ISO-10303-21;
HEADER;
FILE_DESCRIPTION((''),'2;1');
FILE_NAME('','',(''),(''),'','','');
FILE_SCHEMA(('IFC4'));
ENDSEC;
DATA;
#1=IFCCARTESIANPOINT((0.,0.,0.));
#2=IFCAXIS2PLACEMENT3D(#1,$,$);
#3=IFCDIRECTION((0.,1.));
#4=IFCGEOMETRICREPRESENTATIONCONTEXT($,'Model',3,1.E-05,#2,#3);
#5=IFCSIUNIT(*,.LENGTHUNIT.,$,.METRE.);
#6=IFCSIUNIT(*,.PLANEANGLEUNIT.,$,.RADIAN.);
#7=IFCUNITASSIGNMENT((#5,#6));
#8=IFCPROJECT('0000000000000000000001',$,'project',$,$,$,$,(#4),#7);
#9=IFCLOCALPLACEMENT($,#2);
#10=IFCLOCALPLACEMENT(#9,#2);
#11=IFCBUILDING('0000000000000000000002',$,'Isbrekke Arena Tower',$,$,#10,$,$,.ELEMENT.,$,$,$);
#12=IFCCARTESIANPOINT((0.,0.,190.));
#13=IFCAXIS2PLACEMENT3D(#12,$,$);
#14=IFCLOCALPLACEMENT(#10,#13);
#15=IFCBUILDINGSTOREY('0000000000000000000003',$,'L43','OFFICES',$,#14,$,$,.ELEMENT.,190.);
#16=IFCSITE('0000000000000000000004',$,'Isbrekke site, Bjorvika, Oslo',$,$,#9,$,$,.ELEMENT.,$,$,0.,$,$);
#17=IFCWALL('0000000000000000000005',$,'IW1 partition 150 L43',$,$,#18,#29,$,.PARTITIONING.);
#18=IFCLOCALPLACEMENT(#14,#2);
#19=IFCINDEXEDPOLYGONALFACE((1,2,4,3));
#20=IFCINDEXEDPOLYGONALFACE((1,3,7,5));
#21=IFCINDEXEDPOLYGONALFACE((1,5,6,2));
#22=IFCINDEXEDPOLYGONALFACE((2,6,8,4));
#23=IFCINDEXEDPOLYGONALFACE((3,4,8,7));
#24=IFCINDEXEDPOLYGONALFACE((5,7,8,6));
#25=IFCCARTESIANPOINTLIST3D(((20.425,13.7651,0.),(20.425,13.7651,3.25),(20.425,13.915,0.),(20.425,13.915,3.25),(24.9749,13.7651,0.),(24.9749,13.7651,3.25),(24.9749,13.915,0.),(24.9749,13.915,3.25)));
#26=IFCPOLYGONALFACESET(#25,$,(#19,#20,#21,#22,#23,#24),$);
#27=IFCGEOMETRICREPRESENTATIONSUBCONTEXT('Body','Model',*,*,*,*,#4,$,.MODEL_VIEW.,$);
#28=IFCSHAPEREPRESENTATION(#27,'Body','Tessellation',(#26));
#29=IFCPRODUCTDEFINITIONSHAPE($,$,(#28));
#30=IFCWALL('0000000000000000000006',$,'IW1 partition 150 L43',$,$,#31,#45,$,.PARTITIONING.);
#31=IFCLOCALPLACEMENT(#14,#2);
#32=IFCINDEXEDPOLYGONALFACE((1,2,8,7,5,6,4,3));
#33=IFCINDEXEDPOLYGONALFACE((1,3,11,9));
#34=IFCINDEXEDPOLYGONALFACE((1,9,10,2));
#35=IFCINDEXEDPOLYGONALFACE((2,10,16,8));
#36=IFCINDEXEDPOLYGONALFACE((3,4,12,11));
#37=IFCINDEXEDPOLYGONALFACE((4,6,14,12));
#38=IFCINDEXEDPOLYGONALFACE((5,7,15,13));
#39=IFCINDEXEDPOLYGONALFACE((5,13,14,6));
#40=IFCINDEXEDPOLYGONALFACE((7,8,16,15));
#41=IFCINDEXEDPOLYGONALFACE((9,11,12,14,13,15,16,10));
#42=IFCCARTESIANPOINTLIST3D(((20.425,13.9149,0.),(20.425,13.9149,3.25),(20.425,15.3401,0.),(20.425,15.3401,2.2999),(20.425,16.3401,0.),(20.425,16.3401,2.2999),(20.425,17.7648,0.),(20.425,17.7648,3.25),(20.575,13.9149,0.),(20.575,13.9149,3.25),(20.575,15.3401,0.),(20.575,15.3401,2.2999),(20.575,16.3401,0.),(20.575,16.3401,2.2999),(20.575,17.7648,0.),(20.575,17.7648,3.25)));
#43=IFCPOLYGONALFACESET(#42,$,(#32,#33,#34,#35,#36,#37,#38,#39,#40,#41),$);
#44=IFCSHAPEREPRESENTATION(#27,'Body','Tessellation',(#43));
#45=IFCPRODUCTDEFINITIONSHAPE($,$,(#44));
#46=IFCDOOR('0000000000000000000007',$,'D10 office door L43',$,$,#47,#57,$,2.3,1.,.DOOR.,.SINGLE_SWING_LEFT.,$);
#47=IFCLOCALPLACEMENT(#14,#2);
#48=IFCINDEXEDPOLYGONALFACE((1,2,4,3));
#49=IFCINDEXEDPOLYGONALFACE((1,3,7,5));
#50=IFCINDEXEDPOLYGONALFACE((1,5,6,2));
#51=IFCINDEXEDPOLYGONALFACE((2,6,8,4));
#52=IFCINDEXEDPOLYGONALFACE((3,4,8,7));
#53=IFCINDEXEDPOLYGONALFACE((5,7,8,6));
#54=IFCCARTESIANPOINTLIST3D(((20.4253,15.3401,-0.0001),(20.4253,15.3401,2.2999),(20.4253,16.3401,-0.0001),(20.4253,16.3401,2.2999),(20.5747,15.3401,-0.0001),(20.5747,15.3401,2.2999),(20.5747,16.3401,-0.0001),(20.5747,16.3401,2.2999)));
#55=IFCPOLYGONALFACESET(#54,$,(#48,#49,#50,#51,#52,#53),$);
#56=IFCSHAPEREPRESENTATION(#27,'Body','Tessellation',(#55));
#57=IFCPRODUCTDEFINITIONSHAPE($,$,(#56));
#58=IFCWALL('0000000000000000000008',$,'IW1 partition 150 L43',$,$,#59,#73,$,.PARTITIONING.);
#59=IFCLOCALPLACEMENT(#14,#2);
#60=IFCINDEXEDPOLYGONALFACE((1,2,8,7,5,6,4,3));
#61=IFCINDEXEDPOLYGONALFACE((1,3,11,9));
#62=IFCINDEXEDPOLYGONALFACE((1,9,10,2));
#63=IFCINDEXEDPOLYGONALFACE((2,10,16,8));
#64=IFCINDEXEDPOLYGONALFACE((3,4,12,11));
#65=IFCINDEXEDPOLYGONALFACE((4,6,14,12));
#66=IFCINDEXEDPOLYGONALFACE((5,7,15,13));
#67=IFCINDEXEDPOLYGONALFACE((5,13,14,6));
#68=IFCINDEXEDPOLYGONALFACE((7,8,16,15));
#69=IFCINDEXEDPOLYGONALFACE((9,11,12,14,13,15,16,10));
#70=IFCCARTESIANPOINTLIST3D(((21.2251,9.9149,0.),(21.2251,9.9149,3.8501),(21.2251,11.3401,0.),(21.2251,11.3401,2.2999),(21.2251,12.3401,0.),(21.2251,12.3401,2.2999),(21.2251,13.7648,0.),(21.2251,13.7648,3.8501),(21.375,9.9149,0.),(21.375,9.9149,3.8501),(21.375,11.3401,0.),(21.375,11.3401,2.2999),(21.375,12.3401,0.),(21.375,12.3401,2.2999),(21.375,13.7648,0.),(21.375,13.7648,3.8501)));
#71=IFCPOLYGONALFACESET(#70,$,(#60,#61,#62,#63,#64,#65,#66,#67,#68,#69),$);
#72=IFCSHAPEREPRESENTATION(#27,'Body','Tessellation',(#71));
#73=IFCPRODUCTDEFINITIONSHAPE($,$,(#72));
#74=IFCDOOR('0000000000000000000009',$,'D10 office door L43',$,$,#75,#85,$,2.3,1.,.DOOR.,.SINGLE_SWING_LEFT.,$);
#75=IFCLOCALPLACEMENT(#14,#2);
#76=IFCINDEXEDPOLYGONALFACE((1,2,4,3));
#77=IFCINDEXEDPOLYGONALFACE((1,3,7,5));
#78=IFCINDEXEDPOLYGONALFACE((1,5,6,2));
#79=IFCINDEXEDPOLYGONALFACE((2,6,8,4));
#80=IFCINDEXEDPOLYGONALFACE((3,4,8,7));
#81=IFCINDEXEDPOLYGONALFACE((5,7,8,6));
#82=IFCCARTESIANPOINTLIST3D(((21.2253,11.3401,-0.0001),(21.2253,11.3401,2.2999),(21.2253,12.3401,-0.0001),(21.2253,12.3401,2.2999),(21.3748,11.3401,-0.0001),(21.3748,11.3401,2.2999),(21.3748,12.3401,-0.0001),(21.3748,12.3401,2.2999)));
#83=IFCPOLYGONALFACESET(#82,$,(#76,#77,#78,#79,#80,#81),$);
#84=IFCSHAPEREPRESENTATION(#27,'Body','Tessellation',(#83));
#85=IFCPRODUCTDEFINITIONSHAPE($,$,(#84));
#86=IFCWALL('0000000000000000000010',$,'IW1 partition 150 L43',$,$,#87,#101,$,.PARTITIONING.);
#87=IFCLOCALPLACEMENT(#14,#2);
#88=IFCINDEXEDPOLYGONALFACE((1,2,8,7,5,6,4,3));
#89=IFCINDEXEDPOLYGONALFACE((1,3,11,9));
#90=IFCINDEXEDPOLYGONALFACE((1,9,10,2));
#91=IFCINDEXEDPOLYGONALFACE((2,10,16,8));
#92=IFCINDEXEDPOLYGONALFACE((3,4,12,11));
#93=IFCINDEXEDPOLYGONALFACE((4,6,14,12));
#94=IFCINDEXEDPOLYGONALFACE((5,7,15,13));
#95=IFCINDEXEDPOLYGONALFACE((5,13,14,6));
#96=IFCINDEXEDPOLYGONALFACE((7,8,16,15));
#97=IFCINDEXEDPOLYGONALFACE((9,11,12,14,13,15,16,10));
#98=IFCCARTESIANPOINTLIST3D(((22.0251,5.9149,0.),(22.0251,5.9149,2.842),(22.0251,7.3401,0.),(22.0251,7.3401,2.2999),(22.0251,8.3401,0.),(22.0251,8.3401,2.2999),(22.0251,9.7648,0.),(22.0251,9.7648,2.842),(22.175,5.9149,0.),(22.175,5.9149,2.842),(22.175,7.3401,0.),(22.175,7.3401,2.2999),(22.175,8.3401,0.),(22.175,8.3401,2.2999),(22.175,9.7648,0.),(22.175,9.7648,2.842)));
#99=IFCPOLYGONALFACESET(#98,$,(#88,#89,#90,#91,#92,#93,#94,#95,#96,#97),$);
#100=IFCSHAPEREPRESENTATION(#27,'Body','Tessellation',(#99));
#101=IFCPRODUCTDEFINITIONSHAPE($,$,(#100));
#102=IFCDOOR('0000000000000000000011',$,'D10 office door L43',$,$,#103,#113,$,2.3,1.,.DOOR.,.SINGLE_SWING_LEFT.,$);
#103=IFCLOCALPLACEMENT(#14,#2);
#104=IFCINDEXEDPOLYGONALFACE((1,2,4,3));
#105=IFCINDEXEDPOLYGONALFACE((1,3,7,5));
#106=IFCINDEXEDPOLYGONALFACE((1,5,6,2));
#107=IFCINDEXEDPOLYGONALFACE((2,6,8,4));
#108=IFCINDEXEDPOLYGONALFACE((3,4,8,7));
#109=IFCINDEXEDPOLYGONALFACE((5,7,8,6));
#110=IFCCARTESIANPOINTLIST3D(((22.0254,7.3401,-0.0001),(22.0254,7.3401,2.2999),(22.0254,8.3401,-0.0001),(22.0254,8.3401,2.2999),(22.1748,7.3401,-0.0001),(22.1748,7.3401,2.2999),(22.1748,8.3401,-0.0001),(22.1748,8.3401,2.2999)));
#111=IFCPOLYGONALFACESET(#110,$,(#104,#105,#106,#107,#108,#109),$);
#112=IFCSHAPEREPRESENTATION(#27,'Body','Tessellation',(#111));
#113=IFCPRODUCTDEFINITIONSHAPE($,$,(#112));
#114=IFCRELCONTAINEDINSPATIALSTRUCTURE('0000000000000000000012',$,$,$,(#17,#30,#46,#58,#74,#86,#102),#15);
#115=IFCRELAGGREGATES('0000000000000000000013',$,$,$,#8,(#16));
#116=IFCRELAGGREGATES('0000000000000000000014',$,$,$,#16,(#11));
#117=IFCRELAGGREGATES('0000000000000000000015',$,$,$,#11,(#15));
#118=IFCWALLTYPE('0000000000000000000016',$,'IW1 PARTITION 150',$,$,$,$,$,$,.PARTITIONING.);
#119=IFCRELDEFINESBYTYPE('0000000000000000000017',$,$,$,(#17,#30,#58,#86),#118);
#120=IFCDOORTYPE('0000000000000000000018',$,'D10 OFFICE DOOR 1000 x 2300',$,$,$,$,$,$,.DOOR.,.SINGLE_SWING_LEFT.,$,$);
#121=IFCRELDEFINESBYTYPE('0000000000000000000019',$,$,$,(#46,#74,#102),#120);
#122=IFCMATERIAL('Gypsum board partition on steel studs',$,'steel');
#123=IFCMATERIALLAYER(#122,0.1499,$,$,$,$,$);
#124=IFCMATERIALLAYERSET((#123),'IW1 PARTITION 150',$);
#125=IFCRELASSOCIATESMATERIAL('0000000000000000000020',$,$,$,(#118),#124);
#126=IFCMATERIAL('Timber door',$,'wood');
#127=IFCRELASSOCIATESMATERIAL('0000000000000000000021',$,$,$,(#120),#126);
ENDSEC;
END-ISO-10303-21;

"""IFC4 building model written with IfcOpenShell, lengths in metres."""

from ifc_helpers import new_model, si_unit, direction, frame, frame_2d, origin, place, context, subcontext, project, spatial, rectangle, extrude, material, layer, layer_set, type_object, element, fill, save


model = new_model("IFC4")

# Units and contexts
model_context = context("Model", 3, precision=1e-05, world=origin(), true_north=direction((0.0, 1.0)))
body_context = subcontext(model_context, "Body", "Model", "MODEL_VIEW")
ifc_project = project(units=[si_unit("LENGTHUNIT", "METRE"), si_unit("PLANEANGLEUNIT", "RADIAN")], contexts=[model_context])

# Site, building, storey
site_placement = place(None, origin())
site = spatial("IfcSite", under=ifc_project, at=site_placement, Name="Isbrekke site, Bjorvika, Oslo", CompositionType="ELEMENT", RefElevation=0.0)
building_placement = place(site_placement, origin())
building = spatial("IfcBuilding", under=site, at=building_placement, Name="Isbrekke Arena Tower", CompositionType="ELEMENT")
storey_placement = place(building_placement, frame((0.0, 0.0, 190.0)))
storey = spatial("IfcBuildingStorey", under=building, at=storey_placement, Name="L43", Description="OFFICES", CompositionType="ELEMENT", Elevation=190.0)

# Wall
ifc_material_1 = material(Name="Gypsum board partition on steel studs", Category="steel")
ifc_layer_1 = layer(ifc_material_1, 0.1499)
ifc_layer_set_1 = layer_set([ifc_layer_1], Name="IW1 PARTITION 150")
wall_type = type_object("IfcWallType", Name="IW1 PARTITION 150", PredefinedType="PARTITIONING", material=ifc_layer_set_1)
for number, where, z_axis, x_axis, name in (
    (1, (20.425, 13.8401, 0.0), (0.0, 0.0, 1.0), (1.0, 0.0, 0.0), "IW1 partition 150 L43"),
):
    element("IfcWall", number, at=place(storey_placement, frame(where, z_axis=z_axis, x_axis=x_axis)), inside=storey, type_object=wall_type, Name=name, PredefinedType="PARTITIONING", context=body_context, shape_type="SweptSolid", body=[
        extrude(rectangle(XDim=4.5498, YDim=0.1499, at=frame_2d((2.2749, 0.0))), origin(), (0.0, 0.0, 1.0), 3.25),
    ])

# Walls, openings, doors
wall_1_placement = place(storey_placement, frame((20.5, 13.915, 0.0), z_axis=(0.0, 0.0, 1.0), x_axis=(0.0, 1.0, 0.0)))
wall_1 = element("IfcWall", 2, at=wall_1_placement, inside=storey, type_object=wall_type, Name="IW1 partition 150 L43", PredefinedType="PARTITIONING", context=body_context, shape_type="SweptSolid", body=[
    extrude(rectangle(XDim=3.8499, YDim=0.1499, at=frame_2d((1.9248, 0.0))), origin(), (0.0, 0.0, 1.0), 3.25),
])
opening_1_placement = place(wall_1_placement, frame((1.425, 0.0, 0.0)))
opening_1 = element("IfcOpeningElement", 3, at=opening_1_placement, cuts=wall_1, PredefinedType="OPENING", context=body_context, shape_type="SweptSolid", body=[
    extrude(rectangle(XDim=1.0, YDim=2.3, at=frame_2d((0.5, 1.1499))), frame((0.0, 0.0898, 0.0), z_axis=(0.0, -1.0, 0.0), x_axis=(1.0, 0.0, 0.0)), (0.0, 0.0, 1.0), 0.1797),
])
ifc_material_2 = material(Name="Timber door", Category="wood")
door_type = type_object("IfcDoorType", Name="D10 OFFICE DOOR 1000 x 2300", OperationType="SINGLE_SWING_LEFT", PredefinedType="DOOR", material=ifc_material_2)
door_1_placement = place(opening_1_placement, origin())
door_1 = element("IfcDoor", 4, at=door_1_placement, inside=storey, type_object=door_type, Name="D10 office door L43", OperationType="SINGLE_SWING_LEFT", OverallHeight=2.3, OverallWidth=1.0, PredefinedType="DOOR", context=body_context, shape_type="SweptSolid", body=[
    extrude(rectangle(XDim=1.0, YDim=2.3, at=frame_2d((0.5, 1.1499))), frame((0.0, 0.0747, 0.0), z_axis=(0.0, -1.0, 0.0), x_axis=(1.0, 0.0, 0.0)), (0.0, 0.0, 1.0), 0.1494),
])
fill(opening_1, door_1)
wall_2_placement = place(storey_placement, frame((21.3, 9.915, 0.0), z_axis=(0.0, 0.0, 1.0), x_axis=(0.0, 1.0, 0.0)))
wall_2 = element("IfcWall", 5, at=wall_2_placement, inside=storey, type_object=wall_type, Name="IW1 partition 150 L43", PredefinedType="PARTITIONING", context=body_context, shape_type="SweptSolid", body=[
    extrude(rectangle(XDim=3.8499, YDim=0.1499, at=frame_2d((1.9248, 0.0))), origin(), (0.0, 0.0, 1.0), 3.8501),
])
opening_2_placement = place(wall_2_placement, frame((1.425, 0.0, 0.0)))
opening_2 = element("IfcOpeningElement", 6, at=opening_2_placement, cuts=wall_2, PredefinedType="OPENING", context=body_context, shape_type="SweptSolid", body=[
    extrude(rectangle(XDim=1.0, YDim=2.3, at=frame_2d((0.5, 1.1499))), frame((0.0, 0.0898, 0.0), z_axis=(0.0, -1.0, 0.0), x_axis=(1.0, 0.0, 0.0)), (0.0, 0.0, 1.0), 0.1797),
])
door_2_placement = place(opening_2_placement, origin())
door_2 = element("IfcDoor", 7, at=door_2_placement, inside=storey, type_object=door_type, Name="D10 office door L43", OperationType="SINGLE_SWING_LEFT", OverallHeight=2.3, OverallWidth=1.0, PredefinedType="DOOR", context=body_context, shape_type="SweptSolid", body=[
    extrude(rectangle(XDim=1.0, YDim=2.3, at=frame_2d((0.5, 1.1499))), frame((0.0, 0.0747, 0.0), z_axis=(0.0, -1.0, 0.0), x_axis=(1.0, 0.0, 0.0)), (0.0, 0.0, 1.0), 0.1494),
])
fill(opening_2, door_2)
wall_3_placement = place(storey_placement, frame((22.1001, 5.915, 0.0), z_axis=(0.0, 0.0, 1.0), x_axis=(0.0, 1.0, 0.0)))
wall_3 = element("IfcWall", 8, at=wall_3_placement, inside=storey, type_object=wall_type, Name="IW1 partition 150 L43", PredefinedType="PARTITIONING", context=body_context, shape_type="SweptSolid", body=[
    extrude(rectangle(XDim=3.8499, YDim=0.1499, at=frame_2d((1.9248, 0.0))), origin(), (0.0, 0.0, 1.0), 2.842),
])
opening_3_placement = place(wall_3_placement, frame((1.425, 0.0, 0.0)))
opening_3 = element("IfcOpeningElement", 9, at=opening_3_placement, cuts=wall_3, PredefinedType="OPENING", context=body_context, shape_type="SweptSolid", body=[
    extrude(rectangle(XDim=1.0, YDim=2.3, at=frame_2d((0.5, 1.1499))), frame((0.0, 0.0898, 0.0), z_axis=(0.0, -1.0, 0.0), x_axis=(1.0, 0.0, 0.0)), (0.0, 0.0, 1.0), 0.1797),
])
door_3_placement = place(opening_3_placement, origin())
door_3 = element("IfcDoor", 10, at=door_3_placement, inside=storey, type_object=door_type, Name="D10 office door L43", OperationType="SINGLE_SWING_LEFT", OverallHeight=2.3, OverallWidth=1.0, PredefinedType="DOOR", context=body_context, shape_type="SweptSolid", body=[
    extrude(rectangle(XDim=1.0, YDim=2.3, at=frame_2d((0.5, 1.1499))), frame((0.0, 0.0747, 0.0), z_axis=(0.0, -1.0, 0.0), x_axis=(1.0, 0.0, 0.0)), (0.0, 0.0, 1.0), 0.1494),
])
fill(opening_3, door_3)

save(model, "model.ifc")
